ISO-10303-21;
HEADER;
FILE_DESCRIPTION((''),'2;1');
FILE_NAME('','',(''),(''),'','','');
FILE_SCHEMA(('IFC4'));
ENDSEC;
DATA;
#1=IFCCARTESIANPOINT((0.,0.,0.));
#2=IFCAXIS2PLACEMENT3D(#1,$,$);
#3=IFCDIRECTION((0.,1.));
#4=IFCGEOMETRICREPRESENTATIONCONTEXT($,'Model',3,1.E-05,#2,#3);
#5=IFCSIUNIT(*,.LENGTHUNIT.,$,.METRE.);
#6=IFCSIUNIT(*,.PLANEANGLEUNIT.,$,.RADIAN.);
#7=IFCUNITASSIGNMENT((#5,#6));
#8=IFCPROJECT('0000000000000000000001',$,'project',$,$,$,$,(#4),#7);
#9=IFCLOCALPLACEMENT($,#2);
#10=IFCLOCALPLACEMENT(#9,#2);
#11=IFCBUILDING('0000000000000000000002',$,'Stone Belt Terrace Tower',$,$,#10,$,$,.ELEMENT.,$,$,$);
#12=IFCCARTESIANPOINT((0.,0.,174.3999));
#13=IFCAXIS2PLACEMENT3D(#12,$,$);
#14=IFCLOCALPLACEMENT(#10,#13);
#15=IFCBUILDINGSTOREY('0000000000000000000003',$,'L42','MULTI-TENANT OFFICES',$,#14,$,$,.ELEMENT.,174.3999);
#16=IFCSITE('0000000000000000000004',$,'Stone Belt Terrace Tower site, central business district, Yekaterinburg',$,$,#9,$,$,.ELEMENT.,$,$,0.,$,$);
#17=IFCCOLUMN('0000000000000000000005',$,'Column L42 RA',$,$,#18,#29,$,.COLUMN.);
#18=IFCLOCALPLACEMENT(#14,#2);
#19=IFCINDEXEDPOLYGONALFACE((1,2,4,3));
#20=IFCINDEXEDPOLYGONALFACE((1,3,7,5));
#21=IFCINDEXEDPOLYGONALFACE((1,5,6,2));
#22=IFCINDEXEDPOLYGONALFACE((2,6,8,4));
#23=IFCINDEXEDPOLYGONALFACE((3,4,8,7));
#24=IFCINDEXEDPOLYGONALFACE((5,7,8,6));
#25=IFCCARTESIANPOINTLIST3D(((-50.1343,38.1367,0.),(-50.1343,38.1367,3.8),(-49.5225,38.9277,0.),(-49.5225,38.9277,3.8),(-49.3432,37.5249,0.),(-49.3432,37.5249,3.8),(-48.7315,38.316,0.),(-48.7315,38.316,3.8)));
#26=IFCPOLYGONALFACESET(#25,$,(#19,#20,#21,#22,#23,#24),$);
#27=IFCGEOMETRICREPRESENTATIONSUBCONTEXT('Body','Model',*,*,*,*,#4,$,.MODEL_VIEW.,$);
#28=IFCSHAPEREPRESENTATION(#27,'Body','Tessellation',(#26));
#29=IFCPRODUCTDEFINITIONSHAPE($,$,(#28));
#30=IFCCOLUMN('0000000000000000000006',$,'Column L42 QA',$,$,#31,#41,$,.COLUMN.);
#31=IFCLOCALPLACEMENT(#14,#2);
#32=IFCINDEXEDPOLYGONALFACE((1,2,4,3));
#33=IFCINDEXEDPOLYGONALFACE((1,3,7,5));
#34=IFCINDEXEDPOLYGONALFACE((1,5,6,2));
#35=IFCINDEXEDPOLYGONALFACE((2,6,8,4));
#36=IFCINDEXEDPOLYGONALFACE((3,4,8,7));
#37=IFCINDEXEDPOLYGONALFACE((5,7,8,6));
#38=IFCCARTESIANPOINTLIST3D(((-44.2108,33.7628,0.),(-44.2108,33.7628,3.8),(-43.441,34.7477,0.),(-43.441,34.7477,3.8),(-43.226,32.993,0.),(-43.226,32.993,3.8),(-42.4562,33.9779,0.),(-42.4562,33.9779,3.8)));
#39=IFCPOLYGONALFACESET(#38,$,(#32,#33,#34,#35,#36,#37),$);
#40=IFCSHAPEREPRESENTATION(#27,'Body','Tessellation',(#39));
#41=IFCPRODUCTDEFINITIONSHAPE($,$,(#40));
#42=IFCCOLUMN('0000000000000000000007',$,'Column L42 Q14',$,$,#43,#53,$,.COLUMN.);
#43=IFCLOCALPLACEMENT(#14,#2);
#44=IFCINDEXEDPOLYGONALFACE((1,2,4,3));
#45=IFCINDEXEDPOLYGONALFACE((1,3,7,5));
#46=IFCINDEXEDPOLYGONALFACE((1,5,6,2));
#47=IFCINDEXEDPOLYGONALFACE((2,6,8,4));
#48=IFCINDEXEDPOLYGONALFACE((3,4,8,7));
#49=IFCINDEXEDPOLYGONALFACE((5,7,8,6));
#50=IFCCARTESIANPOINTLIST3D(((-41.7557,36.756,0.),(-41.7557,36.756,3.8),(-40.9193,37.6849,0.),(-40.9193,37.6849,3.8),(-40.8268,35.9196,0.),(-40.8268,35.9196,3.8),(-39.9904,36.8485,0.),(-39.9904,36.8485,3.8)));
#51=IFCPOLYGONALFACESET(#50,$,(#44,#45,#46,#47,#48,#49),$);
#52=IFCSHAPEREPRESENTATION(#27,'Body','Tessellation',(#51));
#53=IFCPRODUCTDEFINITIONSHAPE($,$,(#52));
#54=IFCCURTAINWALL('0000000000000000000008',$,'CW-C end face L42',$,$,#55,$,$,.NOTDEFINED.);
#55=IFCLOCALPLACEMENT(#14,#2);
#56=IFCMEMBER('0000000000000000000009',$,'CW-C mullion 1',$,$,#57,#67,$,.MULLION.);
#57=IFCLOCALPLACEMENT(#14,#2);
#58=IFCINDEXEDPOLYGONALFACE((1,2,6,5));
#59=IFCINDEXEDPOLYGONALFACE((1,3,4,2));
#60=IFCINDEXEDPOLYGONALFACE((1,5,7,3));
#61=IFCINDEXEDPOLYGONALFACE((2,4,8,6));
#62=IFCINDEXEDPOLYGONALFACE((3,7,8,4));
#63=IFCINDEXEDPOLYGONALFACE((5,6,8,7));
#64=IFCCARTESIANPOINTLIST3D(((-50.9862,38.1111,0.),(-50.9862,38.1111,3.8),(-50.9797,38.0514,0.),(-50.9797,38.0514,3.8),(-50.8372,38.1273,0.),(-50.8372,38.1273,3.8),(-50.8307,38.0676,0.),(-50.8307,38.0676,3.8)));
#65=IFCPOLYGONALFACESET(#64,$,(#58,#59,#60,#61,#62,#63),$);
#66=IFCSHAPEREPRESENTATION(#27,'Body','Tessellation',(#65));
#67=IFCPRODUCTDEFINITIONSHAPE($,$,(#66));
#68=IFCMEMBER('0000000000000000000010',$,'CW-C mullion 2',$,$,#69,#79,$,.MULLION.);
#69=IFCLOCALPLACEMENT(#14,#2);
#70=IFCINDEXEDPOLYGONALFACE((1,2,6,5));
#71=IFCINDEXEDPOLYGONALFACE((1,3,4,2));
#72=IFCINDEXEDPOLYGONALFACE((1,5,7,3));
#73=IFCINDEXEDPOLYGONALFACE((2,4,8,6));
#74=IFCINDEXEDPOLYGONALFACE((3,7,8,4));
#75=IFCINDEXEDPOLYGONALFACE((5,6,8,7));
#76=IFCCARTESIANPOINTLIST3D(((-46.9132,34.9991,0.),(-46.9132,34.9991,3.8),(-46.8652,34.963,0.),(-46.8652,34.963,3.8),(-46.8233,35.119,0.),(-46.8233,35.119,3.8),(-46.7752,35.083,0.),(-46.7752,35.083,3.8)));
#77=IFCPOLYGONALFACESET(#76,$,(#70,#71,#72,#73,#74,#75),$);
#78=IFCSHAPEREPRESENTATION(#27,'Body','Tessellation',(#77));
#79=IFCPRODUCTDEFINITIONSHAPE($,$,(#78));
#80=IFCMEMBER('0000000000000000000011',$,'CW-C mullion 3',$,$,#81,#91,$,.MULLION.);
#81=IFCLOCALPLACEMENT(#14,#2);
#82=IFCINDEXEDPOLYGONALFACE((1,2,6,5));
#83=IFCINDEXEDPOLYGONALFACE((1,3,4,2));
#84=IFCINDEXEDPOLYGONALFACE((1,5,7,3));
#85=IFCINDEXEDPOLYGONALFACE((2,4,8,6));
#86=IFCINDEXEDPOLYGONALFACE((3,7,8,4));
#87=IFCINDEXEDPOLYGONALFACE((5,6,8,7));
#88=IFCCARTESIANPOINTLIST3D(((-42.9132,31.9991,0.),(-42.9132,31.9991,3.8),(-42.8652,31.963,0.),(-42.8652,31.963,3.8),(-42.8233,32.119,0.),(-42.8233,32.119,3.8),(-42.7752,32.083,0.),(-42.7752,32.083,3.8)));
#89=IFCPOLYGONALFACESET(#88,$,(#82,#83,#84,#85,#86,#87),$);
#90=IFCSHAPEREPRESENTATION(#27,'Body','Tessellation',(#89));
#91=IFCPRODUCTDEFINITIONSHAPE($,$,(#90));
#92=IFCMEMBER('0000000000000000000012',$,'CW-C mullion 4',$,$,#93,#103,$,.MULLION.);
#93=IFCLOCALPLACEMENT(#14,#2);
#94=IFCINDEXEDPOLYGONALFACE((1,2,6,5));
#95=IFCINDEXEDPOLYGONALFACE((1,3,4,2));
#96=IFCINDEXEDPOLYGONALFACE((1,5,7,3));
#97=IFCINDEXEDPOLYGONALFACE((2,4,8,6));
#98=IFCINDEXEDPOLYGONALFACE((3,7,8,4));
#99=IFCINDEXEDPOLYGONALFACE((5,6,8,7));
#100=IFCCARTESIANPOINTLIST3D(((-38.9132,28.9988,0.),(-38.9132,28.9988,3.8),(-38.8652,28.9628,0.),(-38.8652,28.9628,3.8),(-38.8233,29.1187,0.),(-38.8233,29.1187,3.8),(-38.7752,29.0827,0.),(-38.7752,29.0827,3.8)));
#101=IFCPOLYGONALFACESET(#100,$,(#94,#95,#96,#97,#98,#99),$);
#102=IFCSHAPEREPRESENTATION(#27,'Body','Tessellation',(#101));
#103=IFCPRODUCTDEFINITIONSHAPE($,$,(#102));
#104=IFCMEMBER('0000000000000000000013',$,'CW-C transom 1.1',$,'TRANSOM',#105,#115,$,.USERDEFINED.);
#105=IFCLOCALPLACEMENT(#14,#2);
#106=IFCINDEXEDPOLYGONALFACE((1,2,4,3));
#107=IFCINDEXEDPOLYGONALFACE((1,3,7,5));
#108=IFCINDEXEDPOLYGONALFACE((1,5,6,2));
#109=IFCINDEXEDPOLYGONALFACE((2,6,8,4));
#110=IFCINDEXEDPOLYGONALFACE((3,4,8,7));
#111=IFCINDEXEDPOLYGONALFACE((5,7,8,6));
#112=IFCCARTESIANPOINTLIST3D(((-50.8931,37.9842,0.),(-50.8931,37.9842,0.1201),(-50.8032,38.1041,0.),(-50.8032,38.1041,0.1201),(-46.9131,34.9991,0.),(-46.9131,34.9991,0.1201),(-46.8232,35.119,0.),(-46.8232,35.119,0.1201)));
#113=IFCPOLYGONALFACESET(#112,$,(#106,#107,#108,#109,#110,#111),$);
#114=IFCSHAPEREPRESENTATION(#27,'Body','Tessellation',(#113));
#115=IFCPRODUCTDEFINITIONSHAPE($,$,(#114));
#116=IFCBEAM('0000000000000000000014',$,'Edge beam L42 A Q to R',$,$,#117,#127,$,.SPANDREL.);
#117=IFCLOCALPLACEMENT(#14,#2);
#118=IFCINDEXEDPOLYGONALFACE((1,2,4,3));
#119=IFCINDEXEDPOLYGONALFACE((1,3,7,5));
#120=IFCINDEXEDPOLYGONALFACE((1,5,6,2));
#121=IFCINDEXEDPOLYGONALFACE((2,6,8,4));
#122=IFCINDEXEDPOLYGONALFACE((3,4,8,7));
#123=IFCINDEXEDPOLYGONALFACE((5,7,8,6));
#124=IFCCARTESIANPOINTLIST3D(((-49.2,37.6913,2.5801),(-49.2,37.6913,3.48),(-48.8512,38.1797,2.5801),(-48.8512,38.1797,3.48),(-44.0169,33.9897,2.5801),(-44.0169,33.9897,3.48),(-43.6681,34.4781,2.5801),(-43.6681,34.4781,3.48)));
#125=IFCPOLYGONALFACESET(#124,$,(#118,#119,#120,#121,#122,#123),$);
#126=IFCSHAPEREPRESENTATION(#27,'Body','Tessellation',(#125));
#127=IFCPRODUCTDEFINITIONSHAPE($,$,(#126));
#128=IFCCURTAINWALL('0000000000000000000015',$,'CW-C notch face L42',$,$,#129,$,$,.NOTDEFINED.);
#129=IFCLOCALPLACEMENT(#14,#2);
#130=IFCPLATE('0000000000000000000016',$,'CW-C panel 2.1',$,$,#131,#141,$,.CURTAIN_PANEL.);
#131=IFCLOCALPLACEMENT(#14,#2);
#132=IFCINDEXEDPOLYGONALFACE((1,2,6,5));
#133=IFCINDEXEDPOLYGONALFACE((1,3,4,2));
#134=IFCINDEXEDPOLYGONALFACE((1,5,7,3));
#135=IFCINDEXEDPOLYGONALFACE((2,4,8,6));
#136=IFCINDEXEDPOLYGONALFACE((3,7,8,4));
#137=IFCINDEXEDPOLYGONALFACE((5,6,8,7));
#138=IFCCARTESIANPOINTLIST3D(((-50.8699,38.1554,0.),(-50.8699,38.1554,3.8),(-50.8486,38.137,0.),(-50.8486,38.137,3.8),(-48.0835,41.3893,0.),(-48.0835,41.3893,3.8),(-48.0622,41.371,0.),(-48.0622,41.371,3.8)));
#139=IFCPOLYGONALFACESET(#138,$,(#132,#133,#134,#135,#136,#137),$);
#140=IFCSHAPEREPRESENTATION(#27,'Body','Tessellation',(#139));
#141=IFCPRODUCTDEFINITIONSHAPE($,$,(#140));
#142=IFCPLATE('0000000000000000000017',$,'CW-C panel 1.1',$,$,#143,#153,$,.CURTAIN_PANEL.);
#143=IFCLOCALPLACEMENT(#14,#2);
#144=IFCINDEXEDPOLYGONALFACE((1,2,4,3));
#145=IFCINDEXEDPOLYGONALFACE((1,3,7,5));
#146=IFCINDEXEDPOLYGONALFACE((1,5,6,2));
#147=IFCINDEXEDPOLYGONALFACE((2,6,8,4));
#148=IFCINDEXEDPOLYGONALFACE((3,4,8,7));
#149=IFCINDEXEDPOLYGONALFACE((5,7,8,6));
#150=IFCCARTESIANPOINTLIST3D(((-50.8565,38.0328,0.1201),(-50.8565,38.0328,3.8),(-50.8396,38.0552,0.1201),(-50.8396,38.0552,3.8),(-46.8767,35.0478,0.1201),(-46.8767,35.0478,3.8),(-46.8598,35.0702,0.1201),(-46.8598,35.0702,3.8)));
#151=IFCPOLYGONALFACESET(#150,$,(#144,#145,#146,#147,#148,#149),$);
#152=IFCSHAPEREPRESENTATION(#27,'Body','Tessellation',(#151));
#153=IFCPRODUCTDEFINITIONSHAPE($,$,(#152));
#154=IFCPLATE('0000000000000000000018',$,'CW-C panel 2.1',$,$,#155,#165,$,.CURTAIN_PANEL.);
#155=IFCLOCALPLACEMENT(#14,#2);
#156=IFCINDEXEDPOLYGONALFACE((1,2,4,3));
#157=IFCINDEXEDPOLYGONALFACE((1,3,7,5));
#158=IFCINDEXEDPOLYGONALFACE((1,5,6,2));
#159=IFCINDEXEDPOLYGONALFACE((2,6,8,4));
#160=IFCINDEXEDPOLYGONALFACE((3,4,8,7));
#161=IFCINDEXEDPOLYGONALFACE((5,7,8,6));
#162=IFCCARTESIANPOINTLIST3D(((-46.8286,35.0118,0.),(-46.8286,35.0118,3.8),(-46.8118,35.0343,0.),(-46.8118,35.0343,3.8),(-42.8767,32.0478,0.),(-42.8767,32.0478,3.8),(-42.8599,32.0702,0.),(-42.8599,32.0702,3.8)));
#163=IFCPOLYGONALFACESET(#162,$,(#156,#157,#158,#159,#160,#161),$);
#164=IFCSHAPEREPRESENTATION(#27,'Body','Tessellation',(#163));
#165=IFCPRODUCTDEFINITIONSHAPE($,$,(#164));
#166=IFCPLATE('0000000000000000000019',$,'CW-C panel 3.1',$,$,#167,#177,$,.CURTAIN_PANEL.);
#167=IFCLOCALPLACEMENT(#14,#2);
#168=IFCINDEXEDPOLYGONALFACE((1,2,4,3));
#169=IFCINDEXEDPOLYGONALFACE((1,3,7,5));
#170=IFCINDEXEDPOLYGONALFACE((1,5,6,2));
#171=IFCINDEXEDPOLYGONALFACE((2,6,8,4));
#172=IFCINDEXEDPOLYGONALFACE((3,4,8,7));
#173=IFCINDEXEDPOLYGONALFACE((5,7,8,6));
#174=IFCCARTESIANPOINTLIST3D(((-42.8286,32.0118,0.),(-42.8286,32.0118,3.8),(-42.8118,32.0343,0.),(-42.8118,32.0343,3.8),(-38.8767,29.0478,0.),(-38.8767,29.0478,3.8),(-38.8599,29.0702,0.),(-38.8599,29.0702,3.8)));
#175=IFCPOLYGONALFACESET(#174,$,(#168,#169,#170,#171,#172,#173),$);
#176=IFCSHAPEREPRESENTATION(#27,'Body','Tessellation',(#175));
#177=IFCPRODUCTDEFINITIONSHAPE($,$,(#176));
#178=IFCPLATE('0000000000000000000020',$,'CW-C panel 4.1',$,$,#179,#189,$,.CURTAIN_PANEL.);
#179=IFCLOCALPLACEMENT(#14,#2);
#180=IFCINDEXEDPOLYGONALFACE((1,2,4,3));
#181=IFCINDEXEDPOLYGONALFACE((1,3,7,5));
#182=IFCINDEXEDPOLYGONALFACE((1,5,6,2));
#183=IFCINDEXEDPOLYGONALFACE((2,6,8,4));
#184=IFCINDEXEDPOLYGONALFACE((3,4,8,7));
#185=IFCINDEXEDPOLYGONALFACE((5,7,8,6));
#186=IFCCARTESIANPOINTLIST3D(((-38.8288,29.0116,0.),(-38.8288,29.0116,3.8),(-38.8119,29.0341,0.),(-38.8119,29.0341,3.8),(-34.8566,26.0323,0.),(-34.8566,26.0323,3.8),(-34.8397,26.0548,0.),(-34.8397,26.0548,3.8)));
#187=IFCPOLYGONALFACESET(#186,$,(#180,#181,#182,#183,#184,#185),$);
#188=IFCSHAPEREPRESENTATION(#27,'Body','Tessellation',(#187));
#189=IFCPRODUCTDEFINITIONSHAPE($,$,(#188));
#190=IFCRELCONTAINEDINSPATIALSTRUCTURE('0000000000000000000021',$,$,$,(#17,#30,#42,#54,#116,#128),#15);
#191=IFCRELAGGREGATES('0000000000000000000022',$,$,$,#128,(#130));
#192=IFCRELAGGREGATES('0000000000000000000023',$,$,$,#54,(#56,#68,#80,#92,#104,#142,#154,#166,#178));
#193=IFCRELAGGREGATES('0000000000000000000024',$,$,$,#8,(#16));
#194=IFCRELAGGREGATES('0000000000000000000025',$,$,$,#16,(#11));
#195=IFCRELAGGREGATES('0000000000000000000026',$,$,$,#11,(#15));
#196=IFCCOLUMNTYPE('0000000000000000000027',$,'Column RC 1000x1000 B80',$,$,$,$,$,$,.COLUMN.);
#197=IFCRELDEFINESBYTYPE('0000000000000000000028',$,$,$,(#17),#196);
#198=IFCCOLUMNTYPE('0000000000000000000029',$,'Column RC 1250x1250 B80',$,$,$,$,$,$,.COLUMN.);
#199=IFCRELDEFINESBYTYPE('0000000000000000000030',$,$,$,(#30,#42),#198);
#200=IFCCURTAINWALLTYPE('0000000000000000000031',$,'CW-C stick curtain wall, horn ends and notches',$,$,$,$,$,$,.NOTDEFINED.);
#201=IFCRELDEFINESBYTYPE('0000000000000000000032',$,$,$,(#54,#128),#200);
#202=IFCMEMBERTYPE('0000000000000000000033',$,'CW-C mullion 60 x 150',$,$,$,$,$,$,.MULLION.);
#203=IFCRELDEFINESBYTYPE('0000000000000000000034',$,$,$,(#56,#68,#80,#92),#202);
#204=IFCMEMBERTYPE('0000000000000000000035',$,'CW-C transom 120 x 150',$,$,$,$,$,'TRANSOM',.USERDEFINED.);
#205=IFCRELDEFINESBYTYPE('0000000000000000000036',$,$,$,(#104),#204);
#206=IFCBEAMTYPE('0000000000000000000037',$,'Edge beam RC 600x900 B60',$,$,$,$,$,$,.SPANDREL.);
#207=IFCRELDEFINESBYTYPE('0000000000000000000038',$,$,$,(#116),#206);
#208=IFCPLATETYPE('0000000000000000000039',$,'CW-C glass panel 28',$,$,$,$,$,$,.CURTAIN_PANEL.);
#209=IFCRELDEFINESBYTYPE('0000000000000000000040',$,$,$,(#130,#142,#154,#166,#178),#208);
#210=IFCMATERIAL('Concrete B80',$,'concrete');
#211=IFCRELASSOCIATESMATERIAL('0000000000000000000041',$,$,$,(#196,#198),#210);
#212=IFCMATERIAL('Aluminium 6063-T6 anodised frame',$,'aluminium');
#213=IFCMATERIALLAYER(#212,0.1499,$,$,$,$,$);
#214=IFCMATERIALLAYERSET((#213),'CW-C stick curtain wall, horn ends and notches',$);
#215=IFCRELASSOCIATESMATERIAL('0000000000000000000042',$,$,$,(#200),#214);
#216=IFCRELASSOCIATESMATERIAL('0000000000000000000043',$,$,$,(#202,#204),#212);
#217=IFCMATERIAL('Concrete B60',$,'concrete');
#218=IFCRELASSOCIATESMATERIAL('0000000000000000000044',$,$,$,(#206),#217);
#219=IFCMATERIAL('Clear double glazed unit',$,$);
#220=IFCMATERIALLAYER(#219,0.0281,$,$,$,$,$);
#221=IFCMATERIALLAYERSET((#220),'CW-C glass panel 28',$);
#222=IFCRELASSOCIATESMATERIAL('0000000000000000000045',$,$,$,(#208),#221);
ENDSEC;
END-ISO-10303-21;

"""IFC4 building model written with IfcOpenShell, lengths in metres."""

from ifc_helpers import new_model, si_unit, direction, frame, origin, origin_2d, place, context, subcontext, project, spatial, rectangle, extrude, material, layer, layer_set, material_profile, profile_set, type_object, element, aggregate, save


model = new_model("IFC4")

# Units and contexts
model_context = context("Model", 3, precision=1e-05, world=origin(), true_north=direction((0.0, 1.0)))
body_context = subcontext(model_context, "Body", "Model", "MODEL_VIEW")
ifc_project = project(units=[si_unit("LENGTHUNIT", "METRE"), si_unit("PLANEANGLEUNIT", "RADIAN")], contexts=[model_context])

# Site, building, storey
site_placement = place(None, origin())
site = spatial("IfcSite", under=ifc_project, at=site_placement, Name="Stone Belt Terrace Tower site, central business district, Yekaterinburg", CompositionType="ELEMENT", RefElevation=0.0)
building_placement = place(site_placement, origin())
building = spatial("IfcBuilding", under=site, at=building_placement, Name="Stone Belt Terrace Tower", CompositionType="ELEMENT")
storey_placement = place(building_placement, frame((0.0, 0.0, 174.3999)))
storey = spatial("IfcBuildingStorey", under=building, at=storey_placement, Name="L42", Description="MULTI-TENANT OFFICES", CompositionType="ELEMENT", Elevation=174.3999)

# Columns
ifc_material_1 = material(Name="Concrete B80", Category="concrete")
ifc_material_profile_1 = material_profile(ifc_material_1, rectangle(XDim=1.0, YDim=1.0, at=origin_2d()), Name="RC 1000x1000")
ifc_profile_set_1 = profile_set([ifc_material_profile_1], Name="Concrete B80")
column_type_1 = type_object("IfcColumnType", Name="Column RC 1000x1000 B80", PredefinedType="COLUMN", material=ifc_profile_set_1)
column_placement = place(storey_placement, frame((-49.4329, 38.2263, 0.0), z_axis=(0.0, 0.0, 1.0), x_axis=(0.61173, 0.791067, 0.0)))
element("IfcColumn", 1, at=column_placement, inside=storey, type_object=column_type_1, Name="Column L42 RA", PredefinedType="COLUMN", context=body_context, shape_type="SweptSolid", body=[
    extrude(rectangle(XDim=1.0, YDim=1.0, at=origin_2d()), origin(), (0.0, 0.0, 1.0), 3.8),
])
ifc_material_profile_2 = material_profile(ifc_material_1, rectangle(XDim=1.25, YDim=1.25, at=origin_2d()), Name="RC 1250x1250")
ifc_profile_set_2 = profile_set([ifc_material_profile_2], Name="Concrete B80")
column_type_2 = type_object("IfcColumnType", Name="Column RC 1250x1250 B80", PredefinedType="COLUMN", material=ifc_profile_set_2)
for number, where, z_axis, x_axis, name in (
    (2, (-43.3335, 33.8704, 0.0), (0.0, 0.0, 1.0), (0.615825, 0.787883, 0.0), "Column L42 QA"),
    (3, (-40.873, 36.8022, 0.0), (0.0, 0.0, 1.0), (0.669131, 0.743145, 0.0), "Column L42 Q14"),
):
    element("IfcColumn", number, at=place(storey_placement, frame(where, z_axis=z_axis, x_axis=x_axis)), inside=storey, type_object=column_type_2, Name=name, PredefinedType="COLUMN", context=body_context, shape_type="SweptSolid", body=[
        extrude(rectangle(XDim=1.25, YDim=1.25, at=origin_2d()), origin(), (0.0, 0.0, 1.0), 3.8),
    ])

# Curtain wall, members
ifc_material_2 = material(Name="Aluminium 6063-T6 anodised frame", Category="aluminium")
ifc_layer_1 = layer(ifc_material_2, 0.1499)
ifc_layer_set_1 = layer_set([ifc_layer_1], Name="CW-C stick curtain wall, horn ends and notches")
curtain_wall_type = type_object("IfcCurtainWallType", Name="CW-C stick curtain wall, horn ends and notches", PredefinedType="NOTDEFINED", material=ifc_layer_set_1)
curtain_wall_1_placement = place(storey_placement, origin())
curtain_wall_1 = element("IfcCurtainWall", 4, at=curtain_wall_1_placement, inside=storey, type_object=curtain_wall_type, Name="CW-C end face L42", PredefinedType="NOTDEFINED")
ifc_material_profile_3 = material_profile(ifc_material_2, rectangle(XDim=0.1499, YDim=0.0601, at=origin_2d()), Name="Aluminium 6063-T6 60x150")
ifc_profile_set_3 = profile_set([ifc_material_profile_3], Name="Aluminium 6063-T6 anodised frame")
member_type_1 = type_object("IfcMemberType", Name="CW-C mullion 60 x 150", PredefinedType="MULLION", material=ifc_profile_set_3)
member_1_placement = place(storey_placement, frame((-50.9084, 38.0894, 0.0), z_axis=(0.0, 0.0, 1.0), x_axis=(0.994169, 0.10783, 0.0)))
member_1 = element("IfcMember", 5, at=member_1_placement, type_object=member_type_1, Name="CW-C mullion 1", PredefinedType="MULLION", context=body_context, shape_type="SweptSolid", body=[
    extrude(rectangle(XDim=0.1499, YDim=0.0601, at=origin_2d()), origin(), (0.0, 0.0, 1.0), 3.8),
])
member_2_placement = place(storey_placement, frame((-46.8442, 35.041, 0.0), z_axis=(0.0, 0.0, 1.0), x_axis=(0.600018, 0.799987, 0.0)))
member_2 = element("IfcMember", 6, at=member_2_placement, type_object=member_type_1, Name="CW-C mullion 2", PredefinedType="MULLION", context=body_context, shape_type="SweptSolid", body=[
    extrude(rectangle(XDim=0.1499, YDim=0.0601, at=origin_2d()), origin(), (0.0, 0.0, 1.0), 3.8),
])
member_3_placement = place(storey_placement, frame((-42.8442, 32.041, 0.0), z_axis=(0.0, 0.0, 1.0), x_axis=(0.600018, 0.799987, 0.0)))
member_3 = element("IfcMember", 7, at=member_3_placement, type_object=member_type_1, Name="CW-C mullion 3", PredefinedType="MULLION", context=body_context, shape_type="SweptSolid", body=[
    extrude(rectangle(XDim=0.1499, YDim=0.0601, at=origin_2d()), origin(), (0.0, 0.0, 1.0), 3.8),
])
member_4_placement = place(storey_placement, frame((-38.8442, 29.0408, 0.0), z_axis=(0.0, 0.0, 1.0), x_axis=(0.600018, 0.799987, 0.0)))
member_4 = element("IfcMember", 8, at=member_4_placement, type_object=member_type_1, Name="CW-C mullion 4", PredefinedType="MULLION", context=body_context, shape_type="SweptSolid", body=[
    extrude(rectangle(XDim=0.1499, YDim=0.0601, at=origin_2d()), origin(), (0.0, 0.0, 1.0), 3.8),
])
ifc_material_profile_4 = material_profile(ifc_material_2, rectangle(XDim=0.1499, YDim=0.1201, at=origin_2d()), Name="Aluminium 6063-T6 150x120")
ifc_profile_set_4 = profile_set([ifc_material_profile_4], Name="Aluminium 6063-T6 anodised frame")
member_type_2 = type_object("IfcMemberType", Name="CW-C transom 120 x 150", ElementType="TRANSOM", PredefinedType="USERDEFINED", material=ifc_profile_set_4)
member_5_placement = place(storey_placement, frame((-50.8481, 38.0442, 0.0601), z_axis=(0.799988, -0.600016, 0.0), x_axis=(0.600016, 0.799988, 0.0)))
member_5 = element("IfcMember", 9, at=member_5_placement, type_object=member_type_2, Name="CW-C transom 1.1", ObjectType="TRANSOM", PredefinedType="USERDEFINED", context=body_context, shape_type="SweptSolid", body=[
    extrude(rectangle(XDim=0.1499, YDim=0.1201, at=origin_2d()), origin(), (0.0, 0.0, 1.0), 4.9751),
])

# Beam
ifc_material_3 = material(Name="Concrete B60", Category="concrete")
ifc_material_profile_5 = material_profile(ifc_material_3, rectangle(XDim=0.6001, YDim=0.8999, at=origin_2d()), Name="RC 600x900")
ifc_profile_set_5 = profile_set([ifc_material_profile_5], Name="Concrete B60")
beam_type = type_object("IfcBeamType", Name="Edge beam RC 600x900 B60", PredefinedType="SPANDREL", material=ifc_profile_set_5)
beam_placement = place(storey_placement, frame((-43.8425, 34.2339, 3.03), z_axis=(-0.813775, 0.58118, 0.0), x_axis=(-0.58118, -0.813775, 0.0)))
element("IfcBeam", 10, at=beam_placement, inside=storey, type_object=beam_type, Name="Edge beam L42 A Q to R", PredefinedType="SPANDREL", context=body_context, shape_type="SweptSolid", body=[
    extrude(rectangle(XDim=0.6001, YDim=0.8999, at=origin_2d()), origin(), (0.0, 0.0, 1.0), 6.3691),
])

# Curtain wall, plate
curtain_wall_2_placement = place(storey_placement, origin())
curtain_wall_2 = element("IfcCurtainWall", 11, at=curtain_wall_2_placement, inside=storey, type_object=curtain_wall_type, Name="CW-C notch face L42", PredefinedType="NOTDEFINED")
ifc_material_4 = material(Name="Clear double glazed unit")
ifc_layer_2 = layer(ifc_material_4, 0.0281)
ifc_layer_set_2 = layer_set([ifc_layer_2], Name="CW-C glass panel 28")
plate_type = type_object("IfcPlateType", Name="CW-C glass panel 28", PredefinedType="CURTAIN_PANEL", material=ifc_layer_set_2)
plate_1_placement = place(storey_placement, frame((-49.4661, 39.7632, 0.0), z_axis=(0.0, 0.0, 1.0), x_axis=(-0.652738, -0.757584, 0.0)))
plate_1 = element("IfcPlate", 12, at=plate_1_placement, type_object=plate_type, Name="CW-C panel 2.1", PredefinedType="CURTAIN_PANEL", context=body_context, shape_type="SweptSolid", body=[
    extrude(rectangle(XDim=4.2688, YDim=0.0281, at=origin_2d()), origin(), (0.0, 0.0, 1.0), 3.8),
])
aggregate(curtain_wall_2, [plate_1])

# Plates
plate_2_placement = place(storey_placement, frame((-48.8582, 36.5515, 0.1201), z_axis=(0.0, 0.0, 1.0), x_axis=(0.799987, -0.600018, 0.0)))
plate_2 = element("IfcPlate", 13, at=plate_2_placement, type_object=plate_type, Name="CW-C panel 1.1", PredefinedType="CURTAIN_PANEL", context=body_context, shape_type="SweptSolid", body=[
    extrude(rectangle(XDim=4.9749, YDim=0.0281, at=origin_2d()), origin(), (0.0, 0.0, 1.0), 3.6799),
])
plate_3_placement = place(storey_placement, frame((-44.8442, 33.541, 0.0), z_axis=(0.0, 0.0, 1.0), x_axis=(0.799987, -0.600018, 0.0)))
plate_3 = element("IfcPlate", 14, at=plate_3_placement, type_object=plate_type, Name="CW-C panel 2.1", PredefinedType="CURTAIN_PANEL", context=body_context, shape_type="SweptSolid", body=[
    extrude(rectangle(XDim=4.9399, YDim=0.0281, at=origin_2d()), origin(), (0.0, 0.0, 1.0), 3.8),
])
plate_4_placement = place(storey_placement, frame((-40.8442, 30.541, 0.0), z_axis=(0.0, 0.0, 1.0), x_axis=(0.799987, -0.600018, 0.0)))
plate_4 = element("IfcPlate", 15, at=plate_4_placement, type_object=plate_type, Name="CW-C panel 3.1", PredefinedType="CURTAIN_PANEL", context=body_context, shape_type="SweptSolid", body=[
    extrude(rectangle(XDim=4.9399, YDim=0.0281, at=origin_2d()), origin(), (0.0, 0.0, 1.0), 3.8),
])
plate_5_placement = place(storey_placement, frame((-36.8342, 27.5332, 0.0), z_axis=(0.0, 0.0, 1.0), x_axis=(0.799987, -0.600018, 0.0)))
plate_5 = element("IfcPlate", 16, at=plate_5_placement, type_object=plate_type, Name="CW-C panel 4.1", PredefinedType="CURTAIN_PANEL", context=body_context, shape_type="SweptSolid", body=[
    extrude(rectangle(XDim=4.9653, YDim=0.0281, at=origin_2d()), origin(), (0.0, 0.0, 1.0), 3.8),
])
aggregate(curtain_wall_1, [member_1, member_2, member_3, member_4, member_5, plate_2, plate_3, plate_4, plate_5])

save(model, "model.ifc")
